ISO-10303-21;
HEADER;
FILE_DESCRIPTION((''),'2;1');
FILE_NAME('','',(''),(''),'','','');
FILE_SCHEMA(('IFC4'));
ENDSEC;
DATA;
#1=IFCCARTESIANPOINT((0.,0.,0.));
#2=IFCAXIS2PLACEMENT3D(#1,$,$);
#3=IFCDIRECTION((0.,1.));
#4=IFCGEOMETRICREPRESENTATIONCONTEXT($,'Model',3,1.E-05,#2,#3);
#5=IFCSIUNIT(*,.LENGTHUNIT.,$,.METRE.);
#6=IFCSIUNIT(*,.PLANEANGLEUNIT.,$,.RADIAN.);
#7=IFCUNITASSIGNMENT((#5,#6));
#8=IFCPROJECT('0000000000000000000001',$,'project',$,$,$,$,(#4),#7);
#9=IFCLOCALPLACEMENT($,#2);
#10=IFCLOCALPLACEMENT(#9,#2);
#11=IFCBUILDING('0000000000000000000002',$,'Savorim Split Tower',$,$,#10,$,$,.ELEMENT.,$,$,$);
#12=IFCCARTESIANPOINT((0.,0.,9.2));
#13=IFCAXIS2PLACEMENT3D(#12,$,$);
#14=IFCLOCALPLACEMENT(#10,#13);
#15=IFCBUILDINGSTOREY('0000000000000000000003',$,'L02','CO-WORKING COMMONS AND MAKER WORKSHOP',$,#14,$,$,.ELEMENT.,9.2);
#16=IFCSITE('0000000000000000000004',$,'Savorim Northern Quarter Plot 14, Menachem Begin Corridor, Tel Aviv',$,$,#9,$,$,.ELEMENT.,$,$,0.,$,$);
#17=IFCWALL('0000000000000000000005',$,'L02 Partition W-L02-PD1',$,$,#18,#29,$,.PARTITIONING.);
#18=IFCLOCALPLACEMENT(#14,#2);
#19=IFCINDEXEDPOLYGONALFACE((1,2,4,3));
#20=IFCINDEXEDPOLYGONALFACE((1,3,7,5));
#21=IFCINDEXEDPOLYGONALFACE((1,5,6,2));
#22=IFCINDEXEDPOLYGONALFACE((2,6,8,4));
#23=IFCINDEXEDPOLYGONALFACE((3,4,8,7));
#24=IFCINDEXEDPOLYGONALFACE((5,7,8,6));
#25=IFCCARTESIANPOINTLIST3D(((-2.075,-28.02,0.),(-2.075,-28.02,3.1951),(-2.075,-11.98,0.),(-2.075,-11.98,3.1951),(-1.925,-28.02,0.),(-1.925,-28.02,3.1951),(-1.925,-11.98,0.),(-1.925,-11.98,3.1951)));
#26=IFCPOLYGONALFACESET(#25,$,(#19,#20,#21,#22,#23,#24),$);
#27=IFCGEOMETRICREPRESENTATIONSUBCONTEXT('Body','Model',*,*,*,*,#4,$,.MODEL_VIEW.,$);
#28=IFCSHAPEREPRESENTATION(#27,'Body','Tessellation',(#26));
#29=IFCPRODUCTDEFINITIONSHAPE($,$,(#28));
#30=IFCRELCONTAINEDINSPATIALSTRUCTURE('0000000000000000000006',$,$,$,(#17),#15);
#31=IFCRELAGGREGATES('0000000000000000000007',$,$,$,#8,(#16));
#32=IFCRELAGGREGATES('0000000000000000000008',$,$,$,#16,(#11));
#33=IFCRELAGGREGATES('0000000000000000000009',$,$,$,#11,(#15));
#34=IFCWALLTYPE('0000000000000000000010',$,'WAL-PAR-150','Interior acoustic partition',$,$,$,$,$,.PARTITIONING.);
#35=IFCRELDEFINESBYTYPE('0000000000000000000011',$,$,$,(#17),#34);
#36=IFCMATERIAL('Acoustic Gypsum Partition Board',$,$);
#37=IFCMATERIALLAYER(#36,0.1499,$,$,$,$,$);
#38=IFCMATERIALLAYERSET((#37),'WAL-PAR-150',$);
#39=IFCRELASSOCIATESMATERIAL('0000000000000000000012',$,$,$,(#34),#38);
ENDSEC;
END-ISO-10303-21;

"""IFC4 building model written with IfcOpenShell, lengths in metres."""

from ifc_helpers import new_model, si_unit, direction, frame, frame_2d, origin, place, context, subcontext, project, spatial, rectangle, extrude, material, layer, layer_set, type_object, element, save


model = new_model("IFC4")

# Units and contexts
model_context = context("Model", 3, precision=1e-05, world=origin(), true_north=direction((0.0, 1.0)))
body_context = subcontext(model_context, "Body", "Model", "MODEL_VIEW")
ifc_project = project(units=[si_unit("LENGTHUNIT", "METRE"), si_unit("PLANEANGLEUNIT", "RADIAN")], contexts=[model_context])

# Site, building, storey
site_placement = place(None, origin())
site = spatial("IfcSite", under=ifc_project, at=site_placement, Name="Savorim Northern Quarter Plot 14, Menachem Begin Corridor, Tel Aviv", CompositionType="ELEMENT", RefElevation=0.0)
building_placement = place(site_placement, origin())
building = spatial("IfcBuilding", under=site, at=building_placement, Name="Savorim Split Tower", CompositionType="ELEMENT")
storey_placement = place(building_placement, frame((0.0, 0.0, 9.2)))
storey = spatial("IfcBuildingStorey", under=building, at=storey_placement, Name="L02", Description="CO-WORKING COMMONS AND MAKER WORKSHOP", CompositionType="ELEMENT", Elevation=9.2)

# Shared definitions
ifc_material_1 = material(Name="Acoustic Gypsum Partition Board")
ifc_layer_1 = layer(ifc_material_1, 0.1499)
ifc_layer_set_1 = layer_set([ifc_layer_1], Name="WAL-PAR-150")
wall_type_1 = type_object("IfcWallType", Name="WAL-PAR-150", Description="Interior acoustic partition", PredefinedType="PARTITIONING", material=ifc_layer_set_1)

# Wall
wall_1_placement = place(storey_placement, frame((-2.0, -28.02, 0.0), z_axis=(0.0, 0.0, 1.0), x_axis=(0.0, 1.0, 0.0)))
element("IfcWall", 1, at=wall_1_placement, inside=storey, type_object=wall_type_1, Name="L02 Partition W-L02-PD1", PredefinedType="PARTITIONING", context=body_context, shape_type="SweptSolid", body=[
    extrude(rectangle(XDim=16.04, YDim=0.1499, at=frame_2d((8.02, 0.0))), origin(), (0.0, 0.0, 1.0), 3.1951),
])

save(model, "model.ifc")
